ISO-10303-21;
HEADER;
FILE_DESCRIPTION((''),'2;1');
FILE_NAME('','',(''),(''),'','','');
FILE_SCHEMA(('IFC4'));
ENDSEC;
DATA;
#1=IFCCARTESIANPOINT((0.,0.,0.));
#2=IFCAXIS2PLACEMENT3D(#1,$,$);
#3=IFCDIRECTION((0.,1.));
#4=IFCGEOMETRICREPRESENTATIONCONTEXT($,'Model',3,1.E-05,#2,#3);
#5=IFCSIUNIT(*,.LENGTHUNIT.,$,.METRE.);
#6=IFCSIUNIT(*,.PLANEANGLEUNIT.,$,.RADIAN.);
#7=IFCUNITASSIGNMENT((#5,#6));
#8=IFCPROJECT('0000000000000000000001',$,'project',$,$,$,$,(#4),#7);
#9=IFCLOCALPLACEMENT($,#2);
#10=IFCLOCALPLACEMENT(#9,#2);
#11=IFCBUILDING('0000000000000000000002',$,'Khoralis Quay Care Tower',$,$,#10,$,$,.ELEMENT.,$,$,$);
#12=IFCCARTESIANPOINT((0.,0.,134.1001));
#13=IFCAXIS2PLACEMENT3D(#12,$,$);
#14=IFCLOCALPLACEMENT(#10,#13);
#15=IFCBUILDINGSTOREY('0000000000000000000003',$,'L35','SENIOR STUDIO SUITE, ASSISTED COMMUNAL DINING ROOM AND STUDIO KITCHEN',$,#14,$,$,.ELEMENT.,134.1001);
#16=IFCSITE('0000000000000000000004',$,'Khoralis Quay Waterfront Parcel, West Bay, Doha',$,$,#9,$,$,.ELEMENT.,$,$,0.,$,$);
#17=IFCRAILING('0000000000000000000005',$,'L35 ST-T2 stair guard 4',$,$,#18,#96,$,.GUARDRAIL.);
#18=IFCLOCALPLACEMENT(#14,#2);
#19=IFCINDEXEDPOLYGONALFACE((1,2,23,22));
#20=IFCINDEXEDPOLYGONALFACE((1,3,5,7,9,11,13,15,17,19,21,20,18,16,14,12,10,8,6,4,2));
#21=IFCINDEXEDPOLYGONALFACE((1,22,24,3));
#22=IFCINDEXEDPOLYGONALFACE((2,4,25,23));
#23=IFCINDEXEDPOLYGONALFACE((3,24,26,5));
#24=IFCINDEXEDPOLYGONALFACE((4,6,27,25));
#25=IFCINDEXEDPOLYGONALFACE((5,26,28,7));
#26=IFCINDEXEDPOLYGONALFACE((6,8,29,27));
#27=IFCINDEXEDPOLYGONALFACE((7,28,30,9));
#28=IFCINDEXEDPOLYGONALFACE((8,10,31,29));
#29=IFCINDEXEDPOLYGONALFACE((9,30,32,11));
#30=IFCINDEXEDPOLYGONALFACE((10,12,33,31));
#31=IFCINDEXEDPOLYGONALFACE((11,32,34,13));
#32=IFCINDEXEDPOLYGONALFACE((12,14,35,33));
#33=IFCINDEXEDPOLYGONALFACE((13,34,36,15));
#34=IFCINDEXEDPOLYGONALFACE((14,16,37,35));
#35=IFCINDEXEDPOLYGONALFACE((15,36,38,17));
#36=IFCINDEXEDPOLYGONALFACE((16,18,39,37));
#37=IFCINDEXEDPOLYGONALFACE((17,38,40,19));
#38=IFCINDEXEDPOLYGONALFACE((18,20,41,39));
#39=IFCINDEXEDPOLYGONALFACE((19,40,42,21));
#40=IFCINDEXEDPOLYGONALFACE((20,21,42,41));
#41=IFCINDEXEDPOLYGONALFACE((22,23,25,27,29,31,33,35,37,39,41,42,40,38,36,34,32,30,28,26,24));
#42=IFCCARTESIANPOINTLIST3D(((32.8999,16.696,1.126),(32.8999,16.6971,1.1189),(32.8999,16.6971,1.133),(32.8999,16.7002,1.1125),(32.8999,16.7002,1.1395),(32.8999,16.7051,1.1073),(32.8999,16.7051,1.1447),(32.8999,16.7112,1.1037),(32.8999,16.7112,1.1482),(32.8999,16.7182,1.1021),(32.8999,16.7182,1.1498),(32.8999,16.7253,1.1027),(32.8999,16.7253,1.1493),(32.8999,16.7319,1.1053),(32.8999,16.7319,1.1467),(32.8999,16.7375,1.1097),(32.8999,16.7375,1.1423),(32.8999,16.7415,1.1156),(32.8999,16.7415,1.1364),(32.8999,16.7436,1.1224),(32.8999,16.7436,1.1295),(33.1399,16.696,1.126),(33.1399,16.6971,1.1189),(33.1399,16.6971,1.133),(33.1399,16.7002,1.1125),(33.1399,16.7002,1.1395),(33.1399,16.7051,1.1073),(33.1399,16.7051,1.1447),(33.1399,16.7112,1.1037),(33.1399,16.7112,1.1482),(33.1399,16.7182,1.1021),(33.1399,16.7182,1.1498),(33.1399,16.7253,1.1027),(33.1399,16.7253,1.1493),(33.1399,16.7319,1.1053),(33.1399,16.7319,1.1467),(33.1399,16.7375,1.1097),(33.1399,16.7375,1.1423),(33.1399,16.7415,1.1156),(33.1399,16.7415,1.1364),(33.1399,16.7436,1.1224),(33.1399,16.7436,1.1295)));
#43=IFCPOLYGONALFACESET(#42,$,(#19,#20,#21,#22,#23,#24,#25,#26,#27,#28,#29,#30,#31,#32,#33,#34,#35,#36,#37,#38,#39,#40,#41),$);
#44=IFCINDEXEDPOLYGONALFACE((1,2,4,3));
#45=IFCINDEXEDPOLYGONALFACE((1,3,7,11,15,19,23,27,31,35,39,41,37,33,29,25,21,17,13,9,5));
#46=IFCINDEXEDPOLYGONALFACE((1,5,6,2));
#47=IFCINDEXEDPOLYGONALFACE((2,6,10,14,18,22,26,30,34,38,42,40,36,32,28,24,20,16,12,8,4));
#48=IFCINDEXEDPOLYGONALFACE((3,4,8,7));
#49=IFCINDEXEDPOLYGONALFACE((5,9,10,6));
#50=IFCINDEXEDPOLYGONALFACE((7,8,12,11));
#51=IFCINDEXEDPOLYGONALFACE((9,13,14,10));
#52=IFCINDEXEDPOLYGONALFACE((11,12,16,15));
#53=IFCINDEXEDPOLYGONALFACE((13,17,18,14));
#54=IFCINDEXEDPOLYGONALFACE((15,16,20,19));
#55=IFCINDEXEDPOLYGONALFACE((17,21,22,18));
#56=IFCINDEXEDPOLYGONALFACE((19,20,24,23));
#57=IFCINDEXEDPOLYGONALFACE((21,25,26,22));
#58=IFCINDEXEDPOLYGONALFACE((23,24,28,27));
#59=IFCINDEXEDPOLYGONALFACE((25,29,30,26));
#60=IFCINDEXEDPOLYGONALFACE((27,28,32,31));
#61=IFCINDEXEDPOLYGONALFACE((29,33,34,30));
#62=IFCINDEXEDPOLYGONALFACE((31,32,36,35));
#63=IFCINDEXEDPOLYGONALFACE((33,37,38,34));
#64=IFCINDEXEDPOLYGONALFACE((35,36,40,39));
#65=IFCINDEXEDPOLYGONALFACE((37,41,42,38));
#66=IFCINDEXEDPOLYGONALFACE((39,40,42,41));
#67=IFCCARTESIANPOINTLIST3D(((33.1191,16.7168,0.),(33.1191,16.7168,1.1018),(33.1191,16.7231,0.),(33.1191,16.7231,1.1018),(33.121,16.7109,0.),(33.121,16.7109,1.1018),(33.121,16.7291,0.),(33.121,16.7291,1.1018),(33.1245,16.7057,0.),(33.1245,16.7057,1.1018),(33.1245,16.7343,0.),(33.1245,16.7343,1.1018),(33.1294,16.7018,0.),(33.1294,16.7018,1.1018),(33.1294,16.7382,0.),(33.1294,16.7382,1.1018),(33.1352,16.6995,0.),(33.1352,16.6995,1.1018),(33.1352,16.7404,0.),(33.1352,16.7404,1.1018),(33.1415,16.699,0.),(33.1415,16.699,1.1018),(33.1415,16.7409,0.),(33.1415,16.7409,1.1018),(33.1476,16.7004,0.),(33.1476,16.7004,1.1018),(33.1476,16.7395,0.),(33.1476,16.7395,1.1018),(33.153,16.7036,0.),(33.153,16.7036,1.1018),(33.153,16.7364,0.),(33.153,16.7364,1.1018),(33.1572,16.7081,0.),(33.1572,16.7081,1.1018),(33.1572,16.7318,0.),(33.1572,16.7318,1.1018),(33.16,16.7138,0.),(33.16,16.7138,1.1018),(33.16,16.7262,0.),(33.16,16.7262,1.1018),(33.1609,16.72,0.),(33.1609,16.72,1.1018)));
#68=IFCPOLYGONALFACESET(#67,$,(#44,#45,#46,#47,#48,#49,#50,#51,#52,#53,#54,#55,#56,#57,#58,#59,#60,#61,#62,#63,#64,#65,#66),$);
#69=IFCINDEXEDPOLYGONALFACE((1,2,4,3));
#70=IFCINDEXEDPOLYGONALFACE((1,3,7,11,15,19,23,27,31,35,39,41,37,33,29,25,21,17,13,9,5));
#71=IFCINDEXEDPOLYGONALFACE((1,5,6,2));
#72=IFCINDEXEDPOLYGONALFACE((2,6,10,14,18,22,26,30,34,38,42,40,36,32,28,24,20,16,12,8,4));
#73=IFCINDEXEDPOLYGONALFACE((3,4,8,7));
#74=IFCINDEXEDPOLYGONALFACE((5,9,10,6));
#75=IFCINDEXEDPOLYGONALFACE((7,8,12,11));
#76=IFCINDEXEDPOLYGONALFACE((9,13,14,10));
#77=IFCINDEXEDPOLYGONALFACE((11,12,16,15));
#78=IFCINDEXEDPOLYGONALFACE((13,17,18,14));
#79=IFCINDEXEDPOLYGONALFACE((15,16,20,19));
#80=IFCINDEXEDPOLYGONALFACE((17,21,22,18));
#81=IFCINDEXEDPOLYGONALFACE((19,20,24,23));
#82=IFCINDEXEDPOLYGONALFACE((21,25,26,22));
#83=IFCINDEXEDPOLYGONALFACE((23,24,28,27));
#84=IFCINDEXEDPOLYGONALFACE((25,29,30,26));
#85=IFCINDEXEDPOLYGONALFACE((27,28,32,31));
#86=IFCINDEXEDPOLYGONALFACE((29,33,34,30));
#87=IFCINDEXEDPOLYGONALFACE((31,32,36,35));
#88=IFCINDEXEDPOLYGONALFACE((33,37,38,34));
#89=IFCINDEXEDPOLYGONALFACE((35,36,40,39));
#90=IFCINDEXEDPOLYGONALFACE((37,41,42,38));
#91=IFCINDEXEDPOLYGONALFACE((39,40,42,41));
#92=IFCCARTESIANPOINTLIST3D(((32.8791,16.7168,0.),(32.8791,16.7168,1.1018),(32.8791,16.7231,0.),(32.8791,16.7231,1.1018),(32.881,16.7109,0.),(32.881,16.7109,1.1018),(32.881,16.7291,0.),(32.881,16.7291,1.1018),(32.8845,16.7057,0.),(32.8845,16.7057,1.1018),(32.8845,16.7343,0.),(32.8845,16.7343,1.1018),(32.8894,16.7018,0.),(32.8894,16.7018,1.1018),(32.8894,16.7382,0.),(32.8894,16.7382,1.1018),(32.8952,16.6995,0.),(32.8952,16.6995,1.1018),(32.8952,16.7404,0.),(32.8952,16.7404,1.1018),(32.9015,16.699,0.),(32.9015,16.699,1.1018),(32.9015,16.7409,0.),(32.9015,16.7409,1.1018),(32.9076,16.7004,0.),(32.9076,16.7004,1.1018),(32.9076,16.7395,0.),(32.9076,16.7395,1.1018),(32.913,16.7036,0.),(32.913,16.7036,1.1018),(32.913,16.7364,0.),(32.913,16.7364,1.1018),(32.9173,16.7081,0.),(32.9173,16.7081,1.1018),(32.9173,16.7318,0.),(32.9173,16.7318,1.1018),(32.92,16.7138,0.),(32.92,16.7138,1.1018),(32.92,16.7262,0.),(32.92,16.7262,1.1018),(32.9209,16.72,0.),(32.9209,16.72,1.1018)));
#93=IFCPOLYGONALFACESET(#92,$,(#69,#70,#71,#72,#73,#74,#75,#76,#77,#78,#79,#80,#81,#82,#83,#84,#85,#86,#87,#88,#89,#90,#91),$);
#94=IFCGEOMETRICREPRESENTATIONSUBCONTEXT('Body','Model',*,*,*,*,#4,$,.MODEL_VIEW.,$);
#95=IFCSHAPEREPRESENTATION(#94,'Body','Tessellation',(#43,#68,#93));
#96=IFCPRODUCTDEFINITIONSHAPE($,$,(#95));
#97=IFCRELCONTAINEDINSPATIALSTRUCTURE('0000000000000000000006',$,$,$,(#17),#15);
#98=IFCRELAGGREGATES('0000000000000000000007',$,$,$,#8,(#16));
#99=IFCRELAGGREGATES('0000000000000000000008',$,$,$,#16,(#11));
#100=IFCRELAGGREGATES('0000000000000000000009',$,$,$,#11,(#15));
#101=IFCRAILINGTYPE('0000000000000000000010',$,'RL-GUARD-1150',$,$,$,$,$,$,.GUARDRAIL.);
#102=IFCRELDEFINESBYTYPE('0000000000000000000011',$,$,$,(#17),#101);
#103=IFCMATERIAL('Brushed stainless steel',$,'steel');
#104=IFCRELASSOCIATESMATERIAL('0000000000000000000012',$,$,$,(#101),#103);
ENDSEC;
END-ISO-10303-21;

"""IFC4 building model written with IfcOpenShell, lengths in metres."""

from ifc_helpers import new_model, si_unit, direction, frame, origin, origin_2d, place, context, subcontext, project, spatial, circle, extrude, material, type_object, element, save


model = new_model("IFC4")

# Units and contexts
model_context = context("Model", 3, precision=1e-05, world=origin(), true_north=direction((0.0, 1.0)))
body_context = subcontext(model_context, "Body", "Model", "MODEL_VIEW")
ifc_project = project(units=[si_unit("LENGTHUNIT", "METRE"), si_unit("PLANEANGLEUNIT", "RADIAN")], contexts=[model_context])

# Site, building, storey
site_placement = place(None, origin())
site = spatial("IfcSite", under=ifc_project, at=site_placement, Name="Khoralis Quay Waterfront Parcel, West Bay, Doha", CompositionType="ELEMENT", RefElevation=0.0)
building_placement = place(site_placement, origin())
building = spatial("IfcBuilding", under=site, at=building_placement, Name="Khoralis Quay Care Tower", CompositionType="ELEMENT")
storey_placement = place(building_placement, frame((0.0, 0.0, 134.1001)))
storey = spatial("IfcBuildingStorey", under=building, at=storey_placement, Name="L35", Description="SENIOR STUDIO SUITE, ASSISTED COMMUNAL DINING ROOM AND STUDIO KITCHEN", CompositionType="ELEMENT", Elevation=134.1001)

# Shared definitions
ifc_material_1 = material(Name="Brushed stainless steel", Category="steel")

# Railing
railing_type_1 = type_object("IfcRailingType", Name="RL-GUARD-1150", PredefinedType="GUARDRAIL", material=ifc_material_1)
railing_1_placement = place(storey_placement, frame((33.1399, 16.72, 0.0)))
element("IfcRailing", 1, at=railing_1_placement, inside=storey, type_object=railing_type_1, Name="L35 ST-T2 stair guard 4", PredefinedType="GUARDRAIL", context=body_context, shape_type="SweptSolid", body=[
    extrude(circle(Radius=0.0239, at=origin_2d()), frame((0.0, 0.0, 1.126), z_axis=(-1.0, 0.0, 0.0), x_axis=(0.0, -1.0, 0.0)), (0.0, 0.0, 1.0), 0.24),
    extrude(circle(Radius=0.021, at=origin_2d()), origin(), (0.0, 0.0, 1.0), 1.1018),
    extrude(circle(Radius=0.021, at=origin_2d()), frame((-0.24, 0.0, 0.0)), (0.0, 0.0, 1.0), 1.1018),
])

save(model, "model.ifc")
